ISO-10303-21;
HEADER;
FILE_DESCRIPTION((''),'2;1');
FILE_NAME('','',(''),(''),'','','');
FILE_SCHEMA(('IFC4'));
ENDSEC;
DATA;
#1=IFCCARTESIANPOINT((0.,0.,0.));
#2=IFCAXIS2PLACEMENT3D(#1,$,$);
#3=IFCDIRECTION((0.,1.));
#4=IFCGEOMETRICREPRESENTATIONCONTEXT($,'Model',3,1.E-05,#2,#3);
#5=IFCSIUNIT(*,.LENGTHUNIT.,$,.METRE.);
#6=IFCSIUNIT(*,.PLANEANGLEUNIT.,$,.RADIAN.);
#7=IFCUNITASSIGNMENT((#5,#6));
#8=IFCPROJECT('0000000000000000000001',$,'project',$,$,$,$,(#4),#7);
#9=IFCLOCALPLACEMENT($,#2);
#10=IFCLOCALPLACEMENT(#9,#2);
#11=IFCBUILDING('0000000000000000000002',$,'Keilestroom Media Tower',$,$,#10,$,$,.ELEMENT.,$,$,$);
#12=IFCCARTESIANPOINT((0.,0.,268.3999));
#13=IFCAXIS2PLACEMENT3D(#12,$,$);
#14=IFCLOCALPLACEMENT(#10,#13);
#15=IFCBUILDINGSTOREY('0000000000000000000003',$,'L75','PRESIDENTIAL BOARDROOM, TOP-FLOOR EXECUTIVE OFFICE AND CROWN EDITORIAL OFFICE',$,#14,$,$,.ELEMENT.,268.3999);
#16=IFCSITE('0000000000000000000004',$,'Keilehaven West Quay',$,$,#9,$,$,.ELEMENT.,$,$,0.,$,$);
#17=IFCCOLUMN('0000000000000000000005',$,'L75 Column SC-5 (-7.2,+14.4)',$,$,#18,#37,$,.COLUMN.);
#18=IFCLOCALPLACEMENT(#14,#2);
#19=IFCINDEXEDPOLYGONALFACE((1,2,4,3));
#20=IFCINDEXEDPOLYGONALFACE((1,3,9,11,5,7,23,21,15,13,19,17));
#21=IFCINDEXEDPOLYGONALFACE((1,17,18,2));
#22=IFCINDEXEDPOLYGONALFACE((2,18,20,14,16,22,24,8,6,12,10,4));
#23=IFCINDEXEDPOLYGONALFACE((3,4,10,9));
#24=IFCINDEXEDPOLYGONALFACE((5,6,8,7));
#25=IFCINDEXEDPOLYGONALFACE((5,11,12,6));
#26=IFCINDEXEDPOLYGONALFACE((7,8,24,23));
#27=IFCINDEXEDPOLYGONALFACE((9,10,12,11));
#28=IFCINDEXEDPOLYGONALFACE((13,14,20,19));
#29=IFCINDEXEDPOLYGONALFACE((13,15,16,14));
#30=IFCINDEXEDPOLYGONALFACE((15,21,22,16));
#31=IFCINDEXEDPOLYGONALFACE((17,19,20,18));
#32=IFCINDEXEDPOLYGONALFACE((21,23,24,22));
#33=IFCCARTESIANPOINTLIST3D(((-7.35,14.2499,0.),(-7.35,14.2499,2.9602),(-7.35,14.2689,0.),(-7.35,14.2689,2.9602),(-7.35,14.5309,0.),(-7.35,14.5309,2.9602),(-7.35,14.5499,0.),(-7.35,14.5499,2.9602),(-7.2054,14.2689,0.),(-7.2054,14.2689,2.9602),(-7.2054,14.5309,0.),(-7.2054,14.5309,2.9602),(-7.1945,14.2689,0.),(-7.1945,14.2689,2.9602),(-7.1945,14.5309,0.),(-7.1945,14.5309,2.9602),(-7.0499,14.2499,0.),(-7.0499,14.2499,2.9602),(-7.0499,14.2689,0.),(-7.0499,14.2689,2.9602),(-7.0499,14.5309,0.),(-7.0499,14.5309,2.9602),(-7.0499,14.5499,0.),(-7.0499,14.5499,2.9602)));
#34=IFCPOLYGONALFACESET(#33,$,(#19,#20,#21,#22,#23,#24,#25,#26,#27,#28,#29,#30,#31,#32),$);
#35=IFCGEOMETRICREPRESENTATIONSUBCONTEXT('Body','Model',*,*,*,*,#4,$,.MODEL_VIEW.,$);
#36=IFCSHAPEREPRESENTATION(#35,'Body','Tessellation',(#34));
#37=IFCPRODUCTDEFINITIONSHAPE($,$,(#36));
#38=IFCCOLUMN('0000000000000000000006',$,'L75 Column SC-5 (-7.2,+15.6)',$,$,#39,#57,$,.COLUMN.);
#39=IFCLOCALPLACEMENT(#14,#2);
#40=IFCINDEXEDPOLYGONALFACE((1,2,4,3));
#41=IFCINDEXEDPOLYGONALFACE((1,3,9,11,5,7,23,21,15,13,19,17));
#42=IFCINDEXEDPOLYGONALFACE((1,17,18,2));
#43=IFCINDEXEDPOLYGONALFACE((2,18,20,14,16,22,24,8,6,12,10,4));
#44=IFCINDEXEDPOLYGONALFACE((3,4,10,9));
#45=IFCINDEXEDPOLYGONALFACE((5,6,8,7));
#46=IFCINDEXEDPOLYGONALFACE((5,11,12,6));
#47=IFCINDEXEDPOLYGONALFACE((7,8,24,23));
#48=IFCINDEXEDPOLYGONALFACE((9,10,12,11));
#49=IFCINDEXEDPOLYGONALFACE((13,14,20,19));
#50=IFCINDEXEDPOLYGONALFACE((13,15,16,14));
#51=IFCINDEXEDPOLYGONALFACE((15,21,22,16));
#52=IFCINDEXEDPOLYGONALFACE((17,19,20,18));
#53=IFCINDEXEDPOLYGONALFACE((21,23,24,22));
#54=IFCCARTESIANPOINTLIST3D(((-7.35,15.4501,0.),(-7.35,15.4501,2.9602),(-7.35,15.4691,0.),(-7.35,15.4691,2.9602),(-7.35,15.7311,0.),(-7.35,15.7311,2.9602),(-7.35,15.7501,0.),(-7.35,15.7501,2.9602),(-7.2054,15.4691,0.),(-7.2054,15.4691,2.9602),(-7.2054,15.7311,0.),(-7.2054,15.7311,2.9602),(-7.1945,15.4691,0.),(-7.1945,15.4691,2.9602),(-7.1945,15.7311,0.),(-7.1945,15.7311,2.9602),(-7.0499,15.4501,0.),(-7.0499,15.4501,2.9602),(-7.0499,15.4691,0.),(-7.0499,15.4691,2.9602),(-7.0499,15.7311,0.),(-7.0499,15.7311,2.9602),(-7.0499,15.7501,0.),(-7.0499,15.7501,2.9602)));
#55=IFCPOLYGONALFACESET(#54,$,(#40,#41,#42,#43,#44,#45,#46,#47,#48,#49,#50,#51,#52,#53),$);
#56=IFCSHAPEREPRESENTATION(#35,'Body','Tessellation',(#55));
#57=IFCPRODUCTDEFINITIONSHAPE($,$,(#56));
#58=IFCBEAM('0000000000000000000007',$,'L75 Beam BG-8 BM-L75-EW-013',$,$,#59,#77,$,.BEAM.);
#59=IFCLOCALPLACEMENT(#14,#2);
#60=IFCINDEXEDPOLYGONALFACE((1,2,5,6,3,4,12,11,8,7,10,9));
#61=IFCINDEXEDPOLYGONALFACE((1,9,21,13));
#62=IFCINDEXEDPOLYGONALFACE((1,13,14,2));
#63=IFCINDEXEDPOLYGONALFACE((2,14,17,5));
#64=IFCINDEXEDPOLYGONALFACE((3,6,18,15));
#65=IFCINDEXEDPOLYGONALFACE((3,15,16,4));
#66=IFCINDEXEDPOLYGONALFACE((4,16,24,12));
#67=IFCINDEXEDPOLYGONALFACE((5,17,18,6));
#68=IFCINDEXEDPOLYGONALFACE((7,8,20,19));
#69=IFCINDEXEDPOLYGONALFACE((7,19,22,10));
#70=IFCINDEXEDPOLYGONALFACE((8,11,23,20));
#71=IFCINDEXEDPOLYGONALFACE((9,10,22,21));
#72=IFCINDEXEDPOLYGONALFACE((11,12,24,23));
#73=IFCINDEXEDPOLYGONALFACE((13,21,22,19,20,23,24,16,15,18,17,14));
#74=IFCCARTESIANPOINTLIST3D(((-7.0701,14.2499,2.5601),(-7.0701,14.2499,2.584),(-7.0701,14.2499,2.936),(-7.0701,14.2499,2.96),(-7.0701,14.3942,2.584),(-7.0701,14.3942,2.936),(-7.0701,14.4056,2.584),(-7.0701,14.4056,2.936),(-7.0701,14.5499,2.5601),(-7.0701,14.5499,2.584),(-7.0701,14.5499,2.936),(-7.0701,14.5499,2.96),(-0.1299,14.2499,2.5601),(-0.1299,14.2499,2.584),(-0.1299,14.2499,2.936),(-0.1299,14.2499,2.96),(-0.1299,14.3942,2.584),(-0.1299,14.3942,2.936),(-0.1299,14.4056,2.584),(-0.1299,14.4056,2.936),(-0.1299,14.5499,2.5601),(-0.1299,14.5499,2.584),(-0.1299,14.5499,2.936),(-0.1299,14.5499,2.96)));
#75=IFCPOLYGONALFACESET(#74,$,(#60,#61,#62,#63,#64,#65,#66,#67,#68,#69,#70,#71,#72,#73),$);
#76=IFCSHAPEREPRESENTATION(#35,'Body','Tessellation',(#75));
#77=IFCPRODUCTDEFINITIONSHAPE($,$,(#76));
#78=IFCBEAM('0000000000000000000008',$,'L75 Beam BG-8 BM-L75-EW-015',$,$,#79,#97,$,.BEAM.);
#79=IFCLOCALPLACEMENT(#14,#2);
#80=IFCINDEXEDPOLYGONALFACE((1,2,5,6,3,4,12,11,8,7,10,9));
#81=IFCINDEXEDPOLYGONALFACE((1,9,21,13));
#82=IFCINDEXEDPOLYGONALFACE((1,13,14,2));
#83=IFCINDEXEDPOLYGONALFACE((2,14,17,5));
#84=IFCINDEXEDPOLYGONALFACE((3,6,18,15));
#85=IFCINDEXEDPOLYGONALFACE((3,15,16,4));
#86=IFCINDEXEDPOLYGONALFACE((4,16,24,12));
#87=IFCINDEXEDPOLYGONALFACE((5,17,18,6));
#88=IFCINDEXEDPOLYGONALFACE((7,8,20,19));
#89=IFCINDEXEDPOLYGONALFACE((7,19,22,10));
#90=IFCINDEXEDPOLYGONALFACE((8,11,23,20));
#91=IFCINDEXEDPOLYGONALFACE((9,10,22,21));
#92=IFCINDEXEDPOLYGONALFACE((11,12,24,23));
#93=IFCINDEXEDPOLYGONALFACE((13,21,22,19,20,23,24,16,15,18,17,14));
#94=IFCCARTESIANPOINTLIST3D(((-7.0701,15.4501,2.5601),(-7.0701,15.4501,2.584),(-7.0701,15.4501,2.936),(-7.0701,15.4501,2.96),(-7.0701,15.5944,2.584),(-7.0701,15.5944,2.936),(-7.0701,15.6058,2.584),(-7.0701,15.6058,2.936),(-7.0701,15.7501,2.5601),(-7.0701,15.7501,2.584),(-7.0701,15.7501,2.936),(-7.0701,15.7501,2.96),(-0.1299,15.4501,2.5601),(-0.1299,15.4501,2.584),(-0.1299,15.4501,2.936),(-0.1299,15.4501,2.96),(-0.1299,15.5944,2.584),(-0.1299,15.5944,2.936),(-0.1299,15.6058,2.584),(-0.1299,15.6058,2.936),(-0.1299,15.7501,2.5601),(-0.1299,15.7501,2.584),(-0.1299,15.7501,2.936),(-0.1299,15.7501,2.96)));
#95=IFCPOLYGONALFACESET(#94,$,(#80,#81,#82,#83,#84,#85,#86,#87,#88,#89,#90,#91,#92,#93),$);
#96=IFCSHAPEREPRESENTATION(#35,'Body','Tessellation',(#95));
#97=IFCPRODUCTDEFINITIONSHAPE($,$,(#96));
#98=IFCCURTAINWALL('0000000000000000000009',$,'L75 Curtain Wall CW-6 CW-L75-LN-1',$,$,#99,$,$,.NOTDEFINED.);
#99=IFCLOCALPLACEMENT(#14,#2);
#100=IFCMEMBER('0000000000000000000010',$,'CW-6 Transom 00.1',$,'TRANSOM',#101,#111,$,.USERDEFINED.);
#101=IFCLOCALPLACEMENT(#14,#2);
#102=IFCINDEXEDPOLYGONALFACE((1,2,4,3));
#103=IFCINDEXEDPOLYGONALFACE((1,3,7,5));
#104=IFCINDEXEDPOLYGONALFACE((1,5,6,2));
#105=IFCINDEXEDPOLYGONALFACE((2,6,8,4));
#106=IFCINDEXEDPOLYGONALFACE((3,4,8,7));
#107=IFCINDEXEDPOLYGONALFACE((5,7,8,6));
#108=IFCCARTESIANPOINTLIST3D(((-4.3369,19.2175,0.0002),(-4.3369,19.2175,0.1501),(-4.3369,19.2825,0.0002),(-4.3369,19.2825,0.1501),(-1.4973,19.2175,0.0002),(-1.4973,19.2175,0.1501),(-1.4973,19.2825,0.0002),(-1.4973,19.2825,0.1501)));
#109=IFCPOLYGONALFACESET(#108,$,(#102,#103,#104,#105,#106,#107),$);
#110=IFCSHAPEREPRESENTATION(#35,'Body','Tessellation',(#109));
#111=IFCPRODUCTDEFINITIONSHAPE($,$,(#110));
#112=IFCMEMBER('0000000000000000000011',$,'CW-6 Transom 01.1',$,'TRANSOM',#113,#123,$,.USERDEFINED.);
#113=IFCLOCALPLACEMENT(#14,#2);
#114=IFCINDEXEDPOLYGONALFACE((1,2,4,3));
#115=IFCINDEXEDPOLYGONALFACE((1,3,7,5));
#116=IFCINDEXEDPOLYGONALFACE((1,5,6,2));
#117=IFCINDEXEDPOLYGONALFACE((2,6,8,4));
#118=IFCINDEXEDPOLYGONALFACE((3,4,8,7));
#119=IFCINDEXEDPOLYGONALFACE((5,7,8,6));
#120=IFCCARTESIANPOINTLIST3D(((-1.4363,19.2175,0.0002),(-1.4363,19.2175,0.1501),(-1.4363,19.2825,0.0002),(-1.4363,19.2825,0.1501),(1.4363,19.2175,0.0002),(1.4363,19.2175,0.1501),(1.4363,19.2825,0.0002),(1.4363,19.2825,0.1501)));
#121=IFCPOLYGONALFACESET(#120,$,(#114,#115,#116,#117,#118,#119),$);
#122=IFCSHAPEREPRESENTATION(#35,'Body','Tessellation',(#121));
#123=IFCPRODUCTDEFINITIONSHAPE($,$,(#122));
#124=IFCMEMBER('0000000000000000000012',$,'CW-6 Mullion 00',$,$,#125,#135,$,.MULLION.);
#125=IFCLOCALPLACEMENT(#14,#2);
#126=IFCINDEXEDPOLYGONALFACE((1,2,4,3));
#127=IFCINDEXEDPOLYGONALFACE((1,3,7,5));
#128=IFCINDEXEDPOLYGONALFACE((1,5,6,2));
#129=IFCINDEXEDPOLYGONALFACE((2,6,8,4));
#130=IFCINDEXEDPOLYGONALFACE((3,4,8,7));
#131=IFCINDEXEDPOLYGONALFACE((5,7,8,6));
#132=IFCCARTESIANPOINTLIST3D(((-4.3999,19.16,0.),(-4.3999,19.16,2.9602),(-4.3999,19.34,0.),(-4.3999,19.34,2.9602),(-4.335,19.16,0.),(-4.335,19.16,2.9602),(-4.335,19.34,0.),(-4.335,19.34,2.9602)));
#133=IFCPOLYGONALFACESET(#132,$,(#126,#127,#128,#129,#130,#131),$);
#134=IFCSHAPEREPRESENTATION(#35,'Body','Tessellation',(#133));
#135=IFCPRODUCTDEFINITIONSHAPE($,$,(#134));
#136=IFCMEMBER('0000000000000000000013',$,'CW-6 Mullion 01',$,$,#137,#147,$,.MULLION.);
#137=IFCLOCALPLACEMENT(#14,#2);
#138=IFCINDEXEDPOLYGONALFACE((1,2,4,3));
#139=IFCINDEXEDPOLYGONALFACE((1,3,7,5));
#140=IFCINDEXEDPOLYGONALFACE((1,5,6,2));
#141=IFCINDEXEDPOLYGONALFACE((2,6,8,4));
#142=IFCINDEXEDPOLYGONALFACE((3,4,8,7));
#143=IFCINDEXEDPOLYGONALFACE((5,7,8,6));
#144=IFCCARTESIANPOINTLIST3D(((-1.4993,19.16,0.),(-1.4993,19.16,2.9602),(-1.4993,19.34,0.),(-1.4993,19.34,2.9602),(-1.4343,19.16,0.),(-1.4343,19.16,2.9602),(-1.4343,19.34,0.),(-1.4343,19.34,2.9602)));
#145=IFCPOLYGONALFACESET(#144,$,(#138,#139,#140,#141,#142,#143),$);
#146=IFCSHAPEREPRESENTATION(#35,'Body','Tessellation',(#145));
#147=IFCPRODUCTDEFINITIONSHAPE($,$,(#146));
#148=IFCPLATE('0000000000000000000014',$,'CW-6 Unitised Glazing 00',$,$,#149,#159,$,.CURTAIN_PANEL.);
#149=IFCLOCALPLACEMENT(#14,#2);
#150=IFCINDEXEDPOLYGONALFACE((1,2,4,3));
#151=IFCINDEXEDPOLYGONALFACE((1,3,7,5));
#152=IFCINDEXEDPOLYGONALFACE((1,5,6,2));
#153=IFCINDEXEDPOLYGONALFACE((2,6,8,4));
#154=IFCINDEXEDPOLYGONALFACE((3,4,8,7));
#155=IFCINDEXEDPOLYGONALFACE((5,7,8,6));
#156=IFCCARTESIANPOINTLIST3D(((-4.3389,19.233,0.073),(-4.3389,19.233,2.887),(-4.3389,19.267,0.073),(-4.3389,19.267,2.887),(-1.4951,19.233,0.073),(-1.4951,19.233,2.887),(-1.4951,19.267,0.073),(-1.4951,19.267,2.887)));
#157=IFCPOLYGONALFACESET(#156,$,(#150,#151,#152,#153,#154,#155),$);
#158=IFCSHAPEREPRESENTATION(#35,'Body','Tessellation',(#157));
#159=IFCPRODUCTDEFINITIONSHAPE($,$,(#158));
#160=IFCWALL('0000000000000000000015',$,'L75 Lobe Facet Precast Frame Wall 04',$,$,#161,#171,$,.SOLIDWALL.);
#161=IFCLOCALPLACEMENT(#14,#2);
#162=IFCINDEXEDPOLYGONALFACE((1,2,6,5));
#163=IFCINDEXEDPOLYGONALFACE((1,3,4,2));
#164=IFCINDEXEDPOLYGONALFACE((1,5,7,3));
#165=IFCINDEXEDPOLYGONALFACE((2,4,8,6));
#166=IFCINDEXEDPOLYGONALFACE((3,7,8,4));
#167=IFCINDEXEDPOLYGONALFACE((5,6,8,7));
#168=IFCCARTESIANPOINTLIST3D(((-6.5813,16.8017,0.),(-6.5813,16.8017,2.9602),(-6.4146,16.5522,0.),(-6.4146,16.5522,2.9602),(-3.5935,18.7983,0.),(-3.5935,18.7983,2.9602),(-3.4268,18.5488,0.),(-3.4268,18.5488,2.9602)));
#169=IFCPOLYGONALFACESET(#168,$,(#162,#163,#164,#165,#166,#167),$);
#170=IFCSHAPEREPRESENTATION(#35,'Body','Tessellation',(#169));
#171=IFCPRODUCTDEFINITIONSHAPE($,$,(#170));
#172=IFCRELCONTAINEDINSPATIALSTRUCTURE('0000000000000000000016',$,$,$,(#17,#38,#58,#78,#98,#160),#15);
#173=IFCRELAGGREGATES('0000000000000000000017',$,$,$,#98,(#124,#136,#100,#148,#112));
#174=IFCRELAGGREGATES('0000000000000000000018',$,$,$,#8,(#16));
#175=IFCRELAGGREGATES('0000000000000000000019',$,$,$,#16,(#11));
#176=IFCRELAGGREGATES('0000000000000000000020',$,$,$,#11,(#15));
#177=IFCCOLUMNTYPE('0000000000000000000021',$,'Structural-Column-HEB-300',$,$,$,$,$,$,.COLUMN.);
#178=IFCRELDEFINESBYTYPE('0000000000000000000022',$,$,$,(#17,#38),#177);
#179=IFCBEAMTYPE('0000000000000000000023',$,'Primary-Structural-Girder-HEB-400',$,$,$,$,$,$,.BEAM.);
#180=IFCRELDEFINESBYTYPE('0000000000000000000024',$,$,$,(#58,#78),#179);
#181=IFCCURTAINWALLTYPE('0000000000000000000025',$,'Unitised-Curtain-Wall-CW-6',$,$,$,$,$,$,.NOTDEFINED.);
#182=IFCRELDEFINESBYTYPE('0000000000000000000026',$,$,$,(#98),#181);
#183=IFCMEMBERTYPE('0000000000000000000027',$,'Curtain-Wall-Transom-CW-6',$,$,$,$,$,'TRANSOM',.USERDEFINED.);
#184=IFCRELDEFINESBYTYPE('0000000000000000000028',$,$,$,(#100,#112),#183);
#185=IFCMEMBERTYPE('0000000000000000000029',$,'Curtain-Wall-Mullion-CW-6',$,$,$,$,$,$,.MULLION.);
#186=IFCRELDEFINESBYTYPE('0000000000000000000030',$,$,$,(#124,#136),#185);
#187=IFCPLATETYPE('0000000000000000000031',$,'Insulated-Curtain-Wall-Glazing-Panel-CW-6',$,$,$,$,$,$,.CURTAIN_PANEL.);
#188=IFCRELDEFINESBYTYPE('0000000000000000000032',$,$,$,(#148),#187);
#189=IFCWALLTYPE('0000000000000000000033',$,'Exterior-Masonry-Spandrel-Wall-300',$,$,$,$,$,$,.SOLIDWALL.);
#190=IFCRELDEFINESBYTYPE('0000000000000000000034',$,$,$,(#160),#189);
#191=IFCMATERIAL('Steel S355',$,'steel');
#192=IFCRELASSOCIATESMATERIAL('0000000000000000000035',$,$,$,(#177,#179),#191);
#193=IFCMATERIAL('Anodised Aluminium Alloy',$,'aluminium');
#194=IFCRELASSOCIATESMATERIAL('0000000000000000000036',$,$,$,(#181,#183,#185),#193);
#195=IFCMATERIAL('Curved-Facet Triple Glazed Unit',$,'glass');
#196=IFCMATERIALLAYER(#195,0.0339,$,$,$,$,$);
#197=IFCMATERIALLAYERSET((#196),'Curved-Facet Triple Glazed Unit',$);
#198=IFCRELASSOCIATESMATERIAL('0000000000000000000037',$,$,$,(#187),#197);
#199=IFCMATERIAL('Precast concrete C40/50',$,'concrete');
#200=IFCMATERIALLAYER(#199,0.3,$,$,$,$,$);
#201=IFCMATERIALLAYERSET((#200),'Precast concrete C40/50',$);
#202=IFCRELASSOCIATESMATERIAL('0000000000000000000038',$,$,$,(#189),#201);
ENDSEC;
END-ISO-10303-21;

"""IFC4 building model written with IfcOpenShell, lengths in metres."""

from ifc_helpers import new_model, si_unit, direction, frame, frame_2d, origin, origin_2d, place, context, subcontext, project, spatial, rectangle, i_section, extrude, source, transform, mapped, material, layer, layer_set, material_profile, profile_set, type_object, element, aggregate, save


model = new_model("IFC4")

# Units and contexts
model_context = context("Model", 3, precision=1e-05, world=origin(), true_north=direction((0.0, 1.0)))
body_context = subcontext(model_context, "Body", "Model", "MODEL_VIEW")
ifc_project = project(units=[si_unit("LENGTHUNIT", "METRE"), si_unit("PLANEANGLEUNIT", "RADIAN")], contexts=[model_context])

# Site, building, storey
site_placement = place(None, origin())
site = spatial("IfcSite", under=ifc_project, at=site_placement, Name="Keilehaven West Quay", CompositionType="ELEMENT", RefElevation=0.0)
building_placement = place(site_placement, origin())
building = spatial("IfcBuilding", under=site, at=building_placement, Name="Keilestroom Media Tower", CompositionType="ELEMENT")
storey_placement = place(building_placement, frame((0.0, 0.0, 268.3999)))
storey = spatial("IfcBuildingStorey", under=building, at=storey_placement, Name="L75", Description="PRESIDENTIAL BOARDROOM, TOP-FLOOR EXECUTIVE OFFICE AND CROWN EDITORIAL OFFICE", CompositionType="ELEMENT", Elevation=268.3999)

# Columns
ifc_material_1 = material(Name="Steel S355", Category="steel")
ifc_material_profile_1 = material_profile(ifc_material_1, i_section(OverallWidth=0.3, OverallDepth=0.3, WebThickness=0.011, FlangeThickness=0.019, at=origin_2d()), Name="HEB 300")
ifc_profile_set_1 = profile_set([ifc_material_profile_1], Name="Steel S355")
column_type = type_object("IfcColumnType", Name="Structural-Column-HEB-300", PredefinedType="COLUMN", material=ifc_profile_set_1)
shared_shape_1 = source(origin(), body_context, "Body", "SweptSolid", [
    extrude(i_section(OverallWidth=0.3, OverallDepth=0.3, WebThickness=0.011, FlangeThickness=0.019, at=origin_2d()), origin(), (0.0, 0.0, 1.0), 2.9602),
])
for number, where, z_axis, x_axis, name in (
    (1, (-7.2, 14.3999, 0.0), (0.0, 0.0, 1.0), (1.0, 0.0, 0.0), "L75 Column SC-5 (-7.2,+14.4)"),
    (2, (-7.2, 15.6001, 0.0), (0.0, 0.0, 1.0), (1.0, 0.0, 0.0), "L75 Column SC-5 (-7.2,+15.6)"),
):
    element("IfcColumn", number, at=place(storey_placement, frame(where, z_axis=z_axis, x_axis=x_axis)), inside=storey, type_object=column_type, Name=name, PredefinedType="COLUMN", context=body_context, shape_type="MappedRepresentation", body=[
        mapped(shared_shape_1, transform((0.0, 0.0, 0.0), x_axis=(1.0, 0.0, 0.0), y_axis=(0.0, 1.0, 0.0), z_axis=(0.0, 0.0, 1.0), scale=1.0)),
    ])

# Beams
ifc_material_profile_2 = material_profile(ifc_material_1, i_section(OverallWidth=0.3, OverallDepth=0.3999, WebThickness=0.0115, FlangeThickness=0.0239, at=origin_2d()), Name="HEB 400")
ifc_profile_set_2 = profile_set([ifc_material_profile_2], Name="Steel S355")
beam_type = type_object("IfcBeamType", Name="Primary-Structural-Girder-HEB-400", PredefinedType="BEAM", material=ifc_profile_set_2)
shared_shape_2 = source(origin(), body_context, "Body", "SweptSolid", [
    extrude(i_section(OverallWidth=0.3, OverallDepth=0.3999, WebThickness=0.0115, FlangeThickness=0.0239, at=origin_2d()), origin(), (0.0, 0.0, 1.0), 6.9402),
])
for number, where, z_axis, x_axis, name in (
    (3, (-7.0701, 14.3999, 2.76), (1.0, 0.0, 0.0), (0.0, 1.0, 0.0), "L75 Beam BG-8 BM-L75-EW-013"),
    (4, (-7.0701, 15.6001, 2.76), (1.0, 0.0, 0.0), (0.0, 1.0, 0.0), "L75 Beam BG-8 BM-L75-EW-015"),
):
    element("IfcBeam", number, at=place(storey_placement, frame(where, z_axis=z_axis, x_axis=x_axis)), inside=storey, type_object=beam_type, Name=name, PredefinedType="BEAM", context=body_context, shape_type="MappedRepresentation", body=[
        mapped(shared_shape_2, transform((0.0, 0.0, 0.0), x_axis=(1.0, 0.0, 0.0), y_axis=(0.0, 1.0, 0.0), z_axis=(0.0, 0.0, 1.0), scale=1.0)),
    ])

# Curtain wall, members, plate
ifc_material_2 = material(Name="Anodised Aluminium Alloy", Category="aluminium")
curtain_wall_type = type_object("IfcCurtainWallType", Name="Unitised-Curtain-Wall-CW-6", PredefinedType="NOTDEFINED", material=ifc_material_2)
curtain_wall_placement = place(storey_placement, origin())
curtain_wall = element("IfcCurtainWall", 5, at=curtain_wall_placement, inside=storey, type_object=curtain_wall_type, Name="L75 Curtain Wall CW-6 CW-L75-LN-1", PredefinedType="NOTDEFINED")
ifc_material_profile_3 = material_profile(ifc_material_2, rectangle(XDim=0.0649, YDim=0.1499, at=origin_2d()), Name="ALU TRANSOM 65x150")
ifc_profile_set_3 = profile_set([ifc_material_profile_3], Name="Anodised Aluminium Alloy")
member_type_1 = type_object("IfcMemberType", Name="Curtain-Wall-Transom-CW-6", ElementType="TRANSOM", PredefinedType="USERDEFINED", material=ifc_profile_set_3)
shared_shape_3 = source(origin(), body_context, "Body", "SweptSolid", [
    extrude(rectangle(XDim=0.0649, YDim=0.1499, at=origin_2d()), origin(), (0.0, 0.0, 1.0), 2.8396),
])
member_1_placement = place(storey_placement, frame((-4.3369, 19.25, 0.0752), z_axis=(1.0, 0.0, 0.0), x_axis=(0.0, 1.0, 0.0)))
member_1 = element("IfcMember", 6, at=member_1_placement, type_object=member_type_1, Name="CW-6 Transom 00.1", ObjectType="TRANSOM", PredefinedType="USERDEFINED", context=body_context, shape_type="MappedRepresentation", body=[
    mapped(shared_shape_3, transform((0.0, 0.0, 0.0), x_axis=(1.0, 0.0, 0.0), y_axis=(0.0, 1.0, 0.0), z_axis=(0.0, 0.0, 1.0), scale=1.0)),
])
shared_shape_4 = source(origin(), body_context, "Body", "SweptSolid", [
    extrude(rectangle(XDim=0.0649, YDim=0.1499, at=origin_2d()), origin(), (0.0, 0.0, 1.0), 2.8726),
])
member_2_placement = place(storey_placement, frame((-1.4363, 19.25, 0.0752), z_axis=(1.0, 0.0, 0.0), x_axis=(0.0, 1.0, 0.0)))
member_2 = element("IfcMember", 7, at=member_2_placement, type_object=member_type_1, Name="CW-6 Transom 01.1", ObjectType="TRANSOM", PredefinedType="USERDEFINED", context=body_context, shape_type="MappedRepresentation", body=[
    mapped(shared_shape_4, transform((0.0, 0.0, 0.0), x_axis=(1.0, 0.0, 0.0), y_axis=(0.0, 1.0, 0.0), z_axis=(0.0, 0.0, 1.0), scale=1.0)),
])
ifc_material_profile_4 = material_profile(ifc_material_2, rectangle(XDim=0.0649, YDim=0.1799, at=origin_2d()), Name="ALU MULLION 65x180")
ifc_profile_set_4 = profile_set([ifc_material_profile_4], Name="Anodised Aluminium Alloy")
member_type_2 = type_object("IfcMemberType", Name="Curtain-Wall-Mullion-CW-6", PredefinedType="MULLION", material=ifc_profile_set_4)
shared_shape_5 = source(origin(), body_context, "Body", "SweptSolid", [
    extrude(rectangle(XDim=0.0649, YDim=0.1799, at=origin_2d()), origin(), (0.0, 0.0, 1.0), 2.9602),
])
member_3_placement = place(storey_placement, frame((-4.3674, 19.25, 0.0), z_axis=(0.0, 0.0, 1.0), x_axis=(1.0, 0.0, 0.0)))
member_3 = element("IfcMember", 8, at=member_3_placement, type_object=member_type_2, Name="CW-6 Mullion 00", PredefinedType="MULLION", context=body_context, shape_type="MappedRepresentation", body=[
    mapped(shared_shape_5, transform((0.0, 0.0, 0.0), x_axis=(1.0, 0.0, 0.0), y_axis=(0.0, 1.0, 0.0), z_axis=(0.0, 0.0, 1.0), scale=1.0)),
])
member_4_placement = place(storey_placement, frame((-1.4668, 19.25, 0.0), z_axis=(0.0, 0.0, 1.0), x_axis=(1.0, 0.0, 0.0)))
member_4 = element("IfcMember", 9, at=member_4_placement, type_object=member_type_2, Name="CW-6 Mullion 01", PredefinedType="MULLION", context=body_context, shape_type="MappedRepresentation", body=[
    mapped(shared_shape_5, transform((0.0, 0.0, 0.0), x_axis=(1.0, 0.0, 0.0), y_axis=(0.0, 1.0, 0.0), z_axis=(0.0, 0.0, 1.0), scale=1.0)),
])
ifc_material_3 = material(Name="Curved-Facet Triple Glazed Unit", Category="glass")
ifc_layer_1 = layer(ifc_material_3, 0.0339)
ifc_layer_set_1 = layer_set([ifc_layer_1], Name="Curved-Facet Triple Glazed Unit")
plate_type = type_object("IfcPlateType", Name="Insulated-Curtain-Wall-Glazing-Panel-CW-6", PredefinedType="CURTAIN_PANEL", material=ifc_layer_set_1)
shared_shape_6 = source(origin(), body_context, "Body", "SweptSolid", [
    extrude(rectangle(XDim=2.8438, YDim=0.0339, at=origin_2d()), origin(), (0.0, 0.0, 1.0), 2.814),
])
plate_placement = place(storey_placement, frame((-2.917, 19.25, 0.073), z_axis=(0.0, 0.0, 1.0), x_axis=(1.0, 0.0, 0.0)))
plate = element("IfcPlate", 10, at=plate_placement, type_object=plate_type, Name="CW-6 Unitised Glazing 00", PredefinedType="CURTAIN_PANEL", context=body_context, shape_type="MappedRepresentation", body=[
    mapped(shared_shape_6, transform((0.0, 0.0, 0.0), x_axis=(1.0, 0.0, 0.0), y_axis=(0.0, 1.0, 0.0), z_axis=(0.0, 0.0, 1.0), scale=1.0)),
])
aggregate(curtain_wall, [member_3, member_4, member_1, plate, member_2])

# Wall
ifc_material_4 = material(Name="Precast concrete C40/50", Category="concrete")
ifc_layer_2 = layer(ifc_material_4, 0.3)
ifc_layer_set_2 = layer_set([ifc_layer_2], Name="Precast concrete C40/50")
wall_type_1 = type_object("IfcWallType", Name="Exterior-Masonry-Spandrel-Wall-300", PredefinedType="SOLIDWALL", material=ifc_layer_set_2)
wall_1_placement = place(storey_placement, frame((-3.51, 18.6736, 0.0), z_axis=(0.0, 0.0, 1.0), x_axis=(-0.831444, -0.555609, 0.0)))
element("IfcWall", 11, at=wall_1_placement, inside=storey, type_object=wall_type_1, Name="L75 Lobe Facet Precast Frame Wall 04", PredefinedType="SOLIDWALL", context=body_context, shape_type="SweptSolid", body=[
    extrude(rectangle(XDim=3.5935, YDim=0.3, at=frame_2d((1.7969, 0.0))), origin(), (0.0, 0.0, 1.0), 2.9602),
])

save(model, "model.ifc")
